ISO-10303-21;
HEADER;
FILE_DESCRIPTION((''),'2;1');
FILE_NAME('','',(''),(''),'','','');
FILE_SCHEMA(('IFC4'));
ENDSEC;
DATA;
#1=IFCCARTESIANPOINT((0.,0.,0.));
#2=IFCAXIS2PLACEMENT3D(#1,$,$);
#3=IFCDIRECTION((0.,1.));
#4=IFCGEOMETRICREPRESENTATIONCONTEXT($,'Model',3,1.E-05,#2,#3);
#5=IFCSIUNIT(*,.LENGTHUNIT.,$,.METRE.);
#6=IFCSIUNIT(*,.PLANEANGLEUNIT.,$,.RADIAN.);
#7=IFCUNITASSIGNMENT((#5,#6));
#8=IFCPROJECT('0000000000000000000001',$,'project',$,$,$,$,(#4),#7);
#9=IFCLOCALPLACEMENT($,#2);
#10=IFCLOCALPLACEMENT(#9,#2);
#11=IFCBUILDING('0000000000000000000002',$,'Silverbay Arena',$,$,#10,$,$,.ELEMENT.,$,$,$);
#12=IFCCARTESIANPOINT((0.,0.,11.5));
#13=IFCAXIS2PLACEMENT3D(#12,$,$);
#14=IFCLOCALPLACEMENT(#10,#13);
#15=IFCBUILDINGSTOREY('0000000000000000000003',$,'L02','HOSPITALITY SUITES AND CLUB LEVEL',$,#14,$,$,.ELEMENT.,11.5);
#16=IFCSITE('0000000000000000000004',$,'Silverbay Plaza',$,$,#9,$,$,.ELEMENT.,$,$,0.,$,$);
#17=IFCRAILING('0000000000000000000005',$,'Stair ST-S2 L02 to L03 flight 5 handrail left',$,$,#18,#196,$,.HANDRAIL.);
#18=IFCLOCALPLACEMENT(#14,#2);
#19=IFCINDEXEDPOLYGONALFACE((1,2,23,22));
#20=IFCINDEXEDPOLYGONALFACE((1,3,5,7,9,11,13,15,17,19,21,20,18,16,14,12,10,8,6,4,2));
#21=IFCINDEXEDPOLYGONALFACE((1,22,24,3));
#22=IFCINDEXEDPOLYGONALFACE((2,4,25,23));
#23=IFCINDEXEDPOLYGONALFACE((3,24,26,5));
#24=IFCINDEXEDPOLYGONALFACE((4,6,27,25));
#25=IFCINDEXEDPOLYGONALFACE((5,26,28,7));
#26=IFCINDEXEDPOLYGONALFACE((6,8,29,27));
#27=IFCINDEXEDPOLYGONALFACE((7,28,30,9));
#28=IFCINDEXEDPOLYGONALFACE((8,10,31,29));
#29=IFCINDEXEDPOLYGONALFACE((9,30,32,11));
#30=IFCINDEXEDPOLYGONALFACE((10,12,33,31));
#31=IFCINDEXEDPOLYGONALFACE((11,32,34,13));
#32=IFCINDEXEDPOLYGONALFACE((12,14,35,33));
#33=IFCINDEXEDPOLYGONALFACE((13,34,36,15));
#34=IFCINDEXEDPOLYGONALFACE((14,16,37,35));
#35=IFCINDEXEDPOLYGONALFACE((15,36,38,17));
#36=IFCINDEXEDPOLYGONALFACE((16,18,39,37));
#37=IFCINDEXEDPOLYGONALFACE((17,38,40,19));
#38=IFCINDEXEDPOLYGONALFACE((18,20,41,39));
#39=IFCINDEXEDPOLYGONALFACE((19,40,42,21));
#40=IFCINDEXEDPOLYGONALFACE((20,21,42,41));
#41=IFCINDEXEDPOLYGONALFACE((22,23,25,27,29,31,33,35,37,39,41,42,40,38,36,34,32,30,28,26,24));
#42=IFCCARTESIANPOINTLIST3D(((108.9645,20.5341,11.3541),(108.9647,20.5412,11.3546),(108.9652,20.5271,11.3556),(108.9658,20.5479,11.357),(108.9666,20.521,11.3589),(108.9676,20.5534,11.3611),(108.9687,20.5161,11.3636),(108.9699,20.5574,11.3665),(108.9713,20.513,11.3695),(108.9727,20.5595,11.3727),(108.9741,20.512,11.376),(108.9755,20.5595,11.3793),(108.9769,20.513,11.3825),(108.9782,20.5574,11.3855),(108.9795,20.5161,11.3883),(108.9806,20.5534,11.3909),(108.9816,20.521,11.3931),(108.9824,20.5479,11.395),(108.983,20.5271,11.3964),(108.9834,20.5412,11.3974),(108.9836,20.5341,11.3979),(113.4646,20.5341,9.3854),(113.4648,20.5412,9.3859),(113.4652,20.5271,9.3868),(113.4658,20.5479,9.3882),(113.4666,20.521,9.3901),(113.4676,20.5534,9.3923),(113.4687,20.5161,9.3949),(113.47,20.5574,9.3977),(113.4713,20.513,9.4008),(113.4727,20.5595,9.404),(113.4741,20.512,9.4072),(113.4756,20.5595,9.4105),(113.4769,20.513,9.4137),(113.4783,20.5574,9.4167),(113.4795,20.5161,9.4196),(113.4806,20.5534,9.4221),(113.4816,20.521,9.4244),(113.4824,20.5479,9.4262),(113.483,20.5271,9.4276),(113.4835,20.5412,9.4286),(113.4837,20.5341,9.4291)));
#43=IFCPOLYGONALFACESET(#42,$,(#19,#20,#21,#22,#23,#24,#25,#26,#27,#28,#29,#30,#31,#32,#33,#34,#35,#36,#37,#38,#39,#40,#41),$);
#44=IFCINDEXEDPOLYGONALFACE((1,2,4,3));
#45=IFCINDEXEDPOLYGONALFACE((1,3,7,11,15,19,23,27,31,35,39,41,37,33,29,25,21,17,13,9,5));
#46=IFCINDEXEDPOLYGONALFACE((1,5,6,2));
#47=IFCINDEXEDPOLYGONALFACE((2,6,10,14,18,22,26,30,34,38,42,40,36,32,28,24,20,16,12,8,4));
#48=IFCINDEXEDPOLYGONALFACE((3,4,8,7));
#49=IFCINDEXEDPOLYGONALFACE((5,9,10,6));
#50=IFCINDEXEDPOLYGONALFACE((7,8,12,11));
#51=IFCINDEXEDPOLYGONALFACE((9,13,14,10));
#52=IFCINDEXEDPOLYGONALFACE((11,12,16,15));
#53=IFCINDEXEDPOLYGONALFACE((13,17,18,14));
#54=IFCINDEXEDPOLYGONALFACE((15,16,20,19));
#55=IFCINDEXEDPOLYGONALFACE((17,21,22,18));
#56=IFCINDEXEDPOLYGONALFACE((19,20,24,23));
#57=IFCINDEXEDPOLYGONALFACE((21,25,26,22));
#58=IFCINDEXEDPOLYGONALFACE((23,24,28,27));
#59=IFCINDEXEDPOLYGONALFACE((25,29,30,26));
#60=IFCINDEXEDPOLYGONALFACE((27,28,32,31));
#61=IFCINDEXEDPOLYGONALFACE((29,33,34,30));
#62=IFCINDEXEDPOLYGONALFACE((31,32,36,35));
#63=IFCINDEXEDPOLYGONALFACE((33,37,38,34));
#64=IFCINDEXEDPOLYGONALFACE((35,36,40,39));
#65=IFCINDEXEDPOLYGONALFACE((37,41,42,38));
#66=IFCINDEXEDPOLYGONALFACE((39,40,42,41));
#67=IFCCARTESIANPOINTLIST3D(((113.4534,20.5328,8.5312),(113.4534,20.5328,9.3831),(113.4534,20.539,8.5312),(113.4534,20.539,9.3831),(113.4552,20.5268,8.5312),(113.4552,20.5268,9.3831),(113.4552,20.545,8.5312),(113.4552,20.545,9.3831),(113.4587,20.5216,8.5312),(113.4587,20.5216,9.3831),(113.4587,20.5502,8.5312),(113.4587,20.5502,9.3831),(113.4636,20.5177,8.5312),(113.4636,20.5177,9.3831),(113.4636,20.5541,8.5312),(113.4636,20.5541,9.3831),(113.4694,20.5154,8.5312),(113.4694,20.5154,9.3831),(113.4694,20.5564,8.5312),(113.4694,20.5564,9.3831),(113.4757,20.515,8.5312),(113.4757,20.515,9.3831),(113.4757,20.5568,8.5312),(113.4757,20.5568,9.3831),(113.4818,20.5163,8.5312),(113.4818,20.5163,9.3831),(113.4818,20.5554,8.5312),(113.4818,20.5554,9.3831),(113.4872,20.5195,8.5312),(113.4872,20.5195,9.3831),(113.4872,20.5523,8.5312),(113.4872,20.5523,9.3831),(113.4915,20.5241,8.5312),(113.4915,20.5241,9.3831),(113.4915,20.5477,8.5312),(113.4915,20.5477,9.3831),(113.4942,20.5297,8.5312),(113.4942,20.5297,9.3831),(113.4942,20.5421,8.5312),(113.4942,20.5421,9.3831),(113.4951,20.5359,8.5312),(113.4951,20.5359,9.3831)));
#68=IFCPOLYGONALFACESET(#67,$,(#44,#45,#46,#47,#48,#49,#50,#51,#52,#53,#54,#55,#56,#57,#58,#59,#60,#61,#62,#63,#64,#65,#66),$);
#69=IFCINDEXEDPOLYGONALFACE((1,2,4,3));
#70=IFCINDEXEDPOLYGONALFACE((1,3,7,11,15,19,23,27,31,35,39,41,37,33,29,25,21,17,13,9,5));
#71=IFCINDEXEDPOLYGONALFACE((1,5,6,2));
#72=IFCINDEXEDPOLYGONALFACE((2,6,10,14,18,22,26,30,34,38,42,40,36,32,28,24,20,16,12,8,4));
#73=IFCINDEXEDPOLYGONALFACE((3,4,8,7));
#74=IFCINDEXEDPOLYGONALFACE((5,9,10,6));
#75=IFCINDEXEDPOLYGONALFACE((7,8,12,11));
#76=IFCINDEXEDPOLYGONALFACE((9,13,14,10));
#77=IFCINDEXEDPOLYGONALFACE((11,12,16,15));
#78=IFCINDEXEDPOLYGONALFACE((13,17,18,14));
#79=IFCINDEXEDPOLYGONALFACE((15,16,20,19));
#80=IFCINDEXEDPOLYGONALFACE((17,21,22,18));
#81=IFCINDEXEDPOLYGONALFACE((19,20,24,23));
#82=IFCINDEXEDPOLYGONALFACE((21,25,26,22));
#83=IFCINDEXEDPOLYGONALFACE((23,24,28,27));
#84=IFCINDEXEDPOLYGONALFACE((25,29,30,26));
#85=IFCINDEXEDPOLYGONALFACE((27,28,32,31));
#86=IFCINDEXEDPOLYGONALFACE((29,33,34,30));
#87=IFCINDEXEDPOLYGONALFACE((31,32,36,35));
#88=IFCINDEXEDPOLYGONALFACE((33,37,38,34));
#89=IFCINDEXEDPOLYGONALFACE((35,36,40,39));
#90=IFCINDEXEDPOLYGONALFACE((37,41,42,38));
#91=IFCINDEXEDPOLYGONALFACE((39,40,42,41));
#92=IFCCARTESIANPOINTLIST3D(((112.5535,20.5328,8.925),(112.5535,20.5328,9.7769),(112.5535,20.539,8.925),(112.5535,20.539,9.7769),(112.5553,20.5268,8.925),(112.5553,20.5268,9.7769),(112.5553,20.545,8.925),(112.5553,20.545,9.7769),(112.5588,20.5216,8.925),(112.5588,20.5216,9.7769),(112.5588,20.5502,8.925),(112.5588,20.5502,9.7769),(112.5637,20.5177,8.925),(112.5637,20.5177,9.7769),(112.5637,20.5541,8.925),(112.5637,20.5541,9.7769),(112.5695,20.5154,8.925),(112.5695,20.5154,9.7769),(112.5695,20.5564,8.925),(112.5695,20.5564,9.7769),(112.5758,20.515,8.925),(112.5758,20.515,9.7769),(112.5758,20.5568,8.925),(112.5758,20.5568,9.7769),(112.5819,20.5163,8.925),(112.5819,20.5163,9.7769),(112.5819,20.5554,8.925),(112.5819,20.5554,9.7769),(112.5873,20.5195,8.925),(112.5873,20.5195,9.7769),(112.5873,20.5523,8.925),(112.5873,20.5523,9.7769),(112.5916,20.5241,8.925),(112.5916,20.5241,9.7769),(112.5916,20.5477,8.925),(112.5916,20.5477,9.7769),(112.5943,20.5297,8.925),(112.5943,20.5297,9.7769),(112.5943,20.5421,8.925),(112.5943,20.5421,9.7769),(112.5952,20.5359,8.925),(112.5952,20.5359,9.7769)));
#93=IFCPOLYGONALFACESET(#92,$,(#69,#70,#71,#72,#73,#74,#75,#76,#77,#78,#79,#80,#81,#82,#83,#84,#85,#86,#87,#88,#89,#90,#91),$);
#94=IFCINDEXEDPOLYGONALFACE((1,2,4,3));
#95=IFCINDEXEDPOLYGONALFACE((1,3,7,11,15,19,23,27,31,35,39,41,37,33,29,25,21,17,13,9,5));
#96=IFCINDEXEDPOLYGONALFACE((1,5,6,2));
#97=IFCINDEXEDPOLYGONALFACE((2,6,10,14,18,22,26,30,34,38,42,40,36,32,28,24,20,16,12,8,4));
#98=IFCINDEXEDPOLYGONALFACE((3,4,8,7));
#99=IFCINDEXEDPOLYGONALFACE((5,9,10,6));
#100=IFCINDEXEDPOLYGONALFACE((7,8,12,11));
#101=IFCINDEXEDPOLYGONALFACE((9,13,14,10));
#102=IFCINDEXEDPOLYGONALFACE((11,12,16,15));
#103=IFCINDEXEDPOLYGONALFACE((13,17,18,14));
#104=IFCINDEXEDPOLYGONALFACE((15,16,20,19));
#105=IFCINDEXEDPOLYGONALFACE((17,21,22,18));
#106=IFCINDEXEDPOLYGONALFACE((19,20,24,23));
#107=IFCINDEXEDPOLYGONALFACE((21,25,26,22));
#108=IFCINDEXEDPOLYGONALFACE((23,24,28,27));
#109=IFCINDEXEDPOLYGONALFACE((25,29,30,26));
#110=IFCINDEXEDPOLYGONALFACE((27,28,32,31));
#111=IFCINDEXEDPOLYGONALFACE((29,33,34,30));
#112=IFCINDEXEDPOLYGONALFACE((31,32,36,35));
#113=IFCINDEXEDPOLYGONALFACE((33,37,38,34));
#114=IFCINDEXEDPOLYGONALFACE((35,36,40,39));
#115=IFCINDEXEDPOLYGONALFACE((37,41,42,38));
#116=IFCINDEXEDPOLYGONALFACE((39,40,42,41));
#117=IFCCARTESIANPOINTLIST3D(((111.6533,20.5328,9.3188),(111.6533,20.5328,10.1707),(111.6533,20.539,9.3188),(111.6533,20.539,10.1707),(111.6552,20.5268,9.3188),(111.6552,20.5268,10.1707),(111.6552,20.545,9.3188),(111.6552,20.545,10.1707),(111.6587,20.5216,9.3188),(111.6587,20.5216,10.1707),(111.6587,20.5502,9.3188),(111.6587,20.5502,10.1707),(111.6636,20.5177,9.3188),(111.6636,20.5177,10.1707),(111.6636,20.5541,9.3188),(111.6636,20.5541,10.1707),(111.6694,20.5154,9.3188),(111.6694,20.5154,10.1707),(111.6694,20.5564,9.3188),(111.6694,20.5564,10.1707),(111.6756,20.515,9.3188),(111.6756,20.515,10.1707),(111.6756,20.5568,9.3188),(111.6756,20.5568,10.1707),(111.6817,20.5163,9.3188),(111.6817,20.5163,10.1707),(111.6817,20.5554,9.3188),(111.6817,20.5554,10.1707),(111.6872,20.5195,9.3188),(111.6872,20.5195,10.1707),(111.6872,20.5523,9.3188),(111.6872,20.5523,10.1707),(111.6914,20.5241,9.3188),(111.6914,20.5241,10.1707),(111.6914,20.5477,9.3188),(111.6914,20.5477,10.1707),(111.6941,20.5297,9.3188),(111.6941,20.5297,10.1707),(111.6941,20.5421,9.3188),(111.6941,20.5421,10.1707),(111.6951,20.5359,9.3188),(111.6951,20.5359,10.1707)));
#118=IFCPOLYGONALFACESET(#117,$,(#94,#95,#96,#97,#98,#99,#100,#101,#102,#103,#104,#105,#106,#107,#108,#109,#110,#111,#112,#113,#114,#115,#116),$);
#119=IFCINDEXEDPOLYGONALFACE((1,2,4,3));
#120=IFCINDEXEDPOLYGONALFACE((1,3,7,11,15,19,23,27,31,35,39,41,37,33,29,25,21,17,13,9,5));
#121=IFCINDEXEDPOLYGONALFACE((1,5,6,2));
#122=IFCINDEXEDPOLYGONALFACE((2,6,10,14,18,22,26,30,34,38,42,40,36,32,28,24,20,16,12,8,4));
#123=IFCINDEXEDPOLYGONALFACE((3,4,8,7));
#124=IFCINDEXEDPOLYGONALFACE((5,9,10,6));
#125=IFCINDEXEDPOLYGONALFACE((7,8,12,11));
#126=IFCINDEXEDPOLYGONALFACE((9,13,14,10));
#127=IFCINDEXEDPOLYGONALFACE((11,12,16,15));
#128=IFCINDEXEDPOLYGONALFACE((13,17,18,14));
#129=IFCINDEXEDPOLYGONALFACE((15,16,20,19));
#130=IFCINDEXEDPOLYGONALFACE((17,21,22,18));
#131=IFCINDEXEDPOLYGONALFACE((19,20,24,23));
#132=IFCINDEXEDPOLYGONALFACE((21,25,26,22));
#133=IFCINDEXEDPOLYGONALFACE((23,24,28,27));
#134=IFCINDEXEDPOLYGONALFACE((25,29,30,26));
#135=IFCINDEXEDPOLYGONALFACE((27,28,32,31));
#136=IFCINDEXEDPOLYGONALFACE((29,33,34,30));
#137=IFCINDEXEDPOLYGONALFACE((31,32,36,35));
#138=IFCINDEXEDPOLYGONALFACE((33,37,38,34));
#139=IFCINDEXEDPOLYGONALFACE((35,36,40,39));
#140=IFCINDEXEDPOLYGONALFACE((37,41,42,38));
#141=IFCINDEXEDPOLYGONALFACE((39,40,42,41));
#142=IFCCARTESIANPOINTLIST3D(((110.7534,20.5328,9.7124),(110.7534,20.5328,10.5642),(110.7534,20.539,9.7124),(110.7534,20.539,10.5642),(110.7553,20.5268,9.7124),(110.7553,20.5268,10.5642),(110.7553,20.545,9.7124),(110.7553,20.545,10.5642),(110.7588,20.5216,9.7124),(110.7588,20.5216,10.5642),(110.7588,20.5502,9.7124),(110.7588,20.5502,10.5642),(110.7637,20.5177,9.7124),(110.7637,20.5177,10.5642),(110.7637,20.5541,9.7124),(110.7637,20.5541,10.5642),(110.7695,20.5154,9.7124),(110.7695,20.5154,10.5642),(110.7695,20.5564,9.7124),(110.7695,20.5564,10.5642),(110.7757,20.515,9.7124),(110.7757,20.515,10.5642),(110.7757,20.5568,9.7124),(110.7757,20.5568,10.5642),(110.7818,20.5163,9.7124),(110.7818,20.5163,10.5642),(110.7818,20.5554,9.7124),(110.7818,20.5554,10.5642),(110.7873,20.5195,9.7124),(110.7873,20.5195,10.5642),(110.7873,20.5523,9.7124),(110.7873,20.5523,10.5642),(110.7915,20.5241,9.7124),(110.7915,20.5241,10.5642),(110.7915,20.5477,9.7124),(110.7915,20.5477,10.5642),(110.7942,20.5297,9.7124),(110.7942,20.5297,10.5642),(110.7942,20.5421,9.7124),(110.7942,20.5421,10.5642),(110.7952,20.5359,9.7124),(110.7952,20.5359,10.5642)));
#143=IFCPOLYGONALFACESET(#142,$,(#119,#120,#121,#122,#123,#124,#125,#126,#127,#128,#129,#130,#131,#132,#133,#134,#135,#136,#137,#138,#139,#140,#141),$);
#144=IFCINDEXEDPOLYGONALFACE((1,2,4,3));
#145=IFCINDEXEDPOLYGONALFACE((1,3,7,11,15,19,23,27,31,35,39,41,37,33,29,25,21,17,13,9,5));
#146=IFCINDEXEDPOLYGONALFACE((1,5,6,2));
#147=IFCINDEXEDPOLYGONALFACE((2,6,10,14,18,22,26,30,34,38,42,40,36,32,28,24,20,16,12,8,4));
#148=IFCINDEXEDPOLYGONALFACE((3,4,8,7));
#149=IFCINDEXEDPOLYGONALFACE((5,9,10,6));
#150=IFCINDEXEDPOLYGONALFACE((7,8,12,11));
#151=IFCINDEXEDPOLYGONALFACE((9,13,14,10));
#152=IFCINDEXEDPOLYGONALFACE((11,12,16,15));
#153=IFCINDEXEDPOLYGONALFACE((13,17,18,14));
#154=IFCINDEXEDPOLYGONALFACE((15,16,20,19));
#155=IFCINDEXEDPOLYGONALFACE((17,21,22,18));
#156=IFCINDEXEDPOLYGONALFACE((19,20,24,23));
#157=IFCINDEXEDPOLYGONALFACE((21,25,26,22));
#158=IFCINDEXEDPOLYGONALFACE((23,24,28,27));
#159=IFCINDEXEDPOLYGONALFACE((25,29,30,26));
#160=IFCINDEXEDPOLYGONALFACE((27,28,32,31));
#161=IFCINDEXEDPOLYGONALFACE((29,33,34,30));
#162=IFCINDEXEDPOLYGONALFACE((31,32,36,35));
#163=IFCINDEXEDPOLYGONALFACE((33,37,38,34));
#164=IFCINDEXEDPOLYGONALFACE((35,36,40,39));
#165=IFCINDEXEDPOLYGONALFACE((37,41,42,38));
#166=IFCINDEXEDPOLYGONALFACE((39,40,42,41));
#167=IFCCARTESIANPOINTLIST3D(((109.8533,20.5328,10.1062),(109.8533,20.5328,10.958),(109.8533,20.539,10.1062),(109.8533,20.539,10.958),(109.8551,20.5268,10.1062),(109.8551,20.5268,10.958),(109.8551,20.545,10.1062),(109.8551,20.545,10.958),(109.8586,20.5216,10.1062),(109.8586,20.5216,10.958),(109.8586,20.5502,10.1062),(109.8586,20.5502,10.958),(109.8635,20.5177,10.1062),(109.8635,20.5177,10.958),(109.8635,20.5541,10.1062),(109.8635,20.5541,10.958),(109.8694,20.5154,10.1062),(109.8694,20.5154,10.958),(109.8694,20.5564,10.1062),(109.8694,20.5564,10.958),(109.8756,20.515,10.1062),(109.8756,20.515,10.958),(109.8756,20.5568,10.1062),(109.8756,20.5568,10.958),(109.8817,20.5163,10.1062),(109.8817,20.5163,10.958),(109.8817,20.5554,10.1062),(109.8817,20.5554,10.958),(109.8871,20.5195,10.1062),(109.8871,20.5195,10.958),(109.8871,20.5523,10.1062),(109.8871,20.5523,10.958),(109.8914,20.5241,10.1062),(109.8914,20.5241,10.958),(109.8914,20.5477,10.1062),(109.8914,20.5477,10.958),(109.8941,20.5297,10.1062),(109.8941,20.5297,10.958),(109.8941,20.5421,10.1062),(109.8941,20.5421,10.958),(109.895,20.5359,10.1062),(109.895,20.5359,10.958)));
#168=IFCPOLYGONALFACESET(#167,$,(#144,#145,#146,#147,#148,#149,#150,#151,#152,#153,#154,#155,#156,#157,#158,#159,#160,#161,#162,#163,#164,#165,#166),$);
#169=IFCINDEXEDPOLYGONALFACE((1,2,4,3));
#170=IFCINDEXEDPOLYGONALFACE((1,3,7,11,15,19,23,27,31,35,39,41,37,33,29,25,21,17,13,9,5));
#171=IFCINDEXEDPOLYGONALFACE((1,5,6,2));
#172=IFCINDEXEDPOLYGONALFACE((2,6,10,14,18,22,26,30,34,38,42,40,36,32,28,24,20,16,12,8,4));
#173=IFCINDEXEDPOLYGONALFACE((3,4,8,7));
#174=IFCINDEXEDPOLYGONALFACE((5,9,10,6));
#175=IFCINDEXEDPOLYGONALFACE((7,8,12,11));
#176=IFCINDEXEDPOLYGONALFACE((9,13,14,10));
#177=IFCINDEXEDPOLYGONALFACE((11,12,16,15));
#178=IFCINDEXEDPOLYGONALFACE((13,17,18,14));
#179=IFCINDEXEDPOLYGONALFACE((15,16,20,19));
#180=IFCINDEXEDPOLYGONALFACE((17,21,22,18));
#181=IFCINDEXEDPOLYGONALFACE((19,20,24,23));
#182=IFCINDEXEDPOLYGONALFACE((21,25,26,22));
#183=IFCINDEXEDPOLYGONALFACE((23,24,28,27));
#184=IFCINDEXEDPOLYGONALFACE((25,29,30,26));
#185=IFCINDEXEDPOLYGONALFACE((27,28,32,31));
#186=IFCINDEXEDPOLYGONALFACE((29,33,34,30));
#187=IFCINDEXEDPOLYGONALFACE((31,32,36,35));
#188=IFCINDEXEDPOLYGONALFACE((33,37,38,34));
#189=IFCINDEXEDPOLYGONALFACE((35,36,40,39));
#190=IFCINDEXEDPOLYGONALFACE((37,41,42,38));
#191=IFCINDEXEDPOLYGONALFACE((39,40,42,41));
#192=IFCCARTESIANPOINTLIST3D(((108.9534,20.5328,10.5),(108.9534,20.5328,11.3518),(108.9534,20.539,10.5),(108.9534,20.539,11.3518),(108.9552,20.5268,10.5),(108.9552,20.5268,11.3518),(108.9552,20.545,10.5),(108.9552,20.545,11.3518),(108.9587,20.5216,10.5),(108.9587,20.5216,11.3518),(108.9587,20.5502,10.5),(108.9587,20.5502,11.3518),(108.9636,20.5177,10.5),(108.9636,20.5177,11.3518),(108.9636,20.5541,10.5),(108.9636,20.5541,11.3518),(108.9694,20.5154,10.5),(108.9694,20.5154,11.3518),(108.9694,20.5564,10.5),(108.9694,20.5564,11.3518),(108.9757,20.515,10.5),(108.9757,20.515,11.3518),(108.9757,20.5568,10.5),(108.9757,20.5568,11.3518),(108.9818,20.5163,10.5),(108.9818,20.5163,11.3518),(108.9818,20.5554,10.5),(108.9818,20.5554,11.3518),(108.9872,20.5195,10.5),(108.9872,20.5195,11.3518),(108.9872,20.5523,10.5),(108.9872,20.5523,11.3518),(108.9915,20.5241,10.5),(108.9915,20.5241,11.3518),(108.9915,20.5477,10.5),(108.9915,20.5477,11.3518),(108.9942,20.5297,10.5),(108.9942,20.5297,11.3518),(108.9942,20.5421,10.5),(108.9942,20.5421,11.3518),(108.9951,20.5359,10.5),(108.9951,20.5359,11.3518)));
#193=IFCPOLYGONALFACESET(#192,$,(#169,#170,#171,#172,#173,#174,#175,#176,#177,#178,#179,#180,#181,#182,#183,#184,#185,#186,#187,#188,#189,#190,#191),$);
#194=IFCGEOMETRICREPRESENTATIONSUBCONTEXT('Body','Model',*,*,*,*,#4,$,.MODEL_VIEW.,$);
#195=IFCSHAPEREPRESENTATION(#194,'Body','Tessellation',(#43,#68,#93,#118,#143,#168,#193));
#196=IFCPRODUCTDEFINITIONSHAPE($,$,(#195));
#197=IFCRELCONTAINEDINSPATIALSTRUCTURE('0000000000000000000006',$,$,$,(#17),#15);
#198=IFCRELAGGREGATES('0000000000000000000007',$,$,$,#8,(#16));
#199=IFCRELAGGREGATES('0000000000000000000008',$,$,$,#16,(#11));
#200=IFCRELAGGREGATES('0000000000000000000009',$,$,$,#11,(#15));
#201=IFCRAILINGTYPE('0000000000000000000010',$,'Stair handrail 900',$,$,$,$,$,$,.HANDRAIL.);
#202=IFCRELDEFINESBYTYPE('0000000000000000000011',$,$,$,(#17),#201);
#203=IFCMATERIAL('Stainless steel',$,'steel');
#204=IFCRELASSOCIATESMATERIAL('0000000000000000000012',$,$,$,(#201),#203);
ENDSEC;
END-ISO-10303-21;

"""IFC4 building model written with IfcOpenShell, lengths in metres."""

from ifc_helpers import new_model, si_unit, direction, frame, origin, origin_2d, place, context, subcontext, project, spatial, circle, extrude, material, type_object, element, save


model = new_model("IFC4")

# Units and contexts
model_context = context("Model", 3, precision=1e-05, world=origin(), true_north=direction((0.0, 1.0)))
body_context = subcontext(model_context, "Body", "Model", "MODEL_VIEW")
ifc_project = project(units=[si_unit("LENGTHUNIT", "METRE"), si_unit("PLANEANGLEUNIT", "RADIAN")], contexts=[model_context])

# Site, building, storey
site_placement = place(None, origin())
site = spatial("IfcSite", under=ifc_project, at=site_placement, Name="Silverbay Plaza", CompositionType="ELEMENT", RefElevation=0.0)
building_placement = place(site_placement, origin())
building = spatial("IfcBuilding", under=site, at=building_placement, Name="Silverbay Arena", CompositionType="ELEMENT")
storey_placement = place(building_placement, frame((0.0, 0.0, 11.5)))
storey = spatial("IfcBuildingStorey", under=building, at=storey_placement, Name="L02", Description="HOSPITALITY SUITES AND CLUB LEVEL", CompositionType="ELEMENT", Elevation=11.5)

# Railing
ifc_material_1 = material(Name="Stainless steel", Category="steel")
railing_type_1 = type_object("IfcRailingType", Name="Stair handrail 900", PredefinedType="HANDRAIL", material=ifc_material_1)
railing_1_placement = place(storey_placement, frame((113.4741, 20.5359, 8.5312)))
element("IfcRailing", 1, at=railing_1_placement, inside=storey, type_object=railing_type_1, Name="Stair ST-S2 L02 to L03 flight 5 handrail left", PredefinedType="HANDRAIL", context=body_context, shape_type="SweptSolid", body=[
    extrude(circle(Radius=0.0239, at=origin_2d()), frame((0.0, 0.0, 0.876), z_axis=(-0.916157, 0.0, 0.400819), x_axis=(0.0, -1.0, 0.0)), (0.0, 0.0, 1.0), 4.9119),
    extrude(circle(Radius=0.021, at=origin_2d()), origin(), (0.0, 0.0, 1.0), 0.8518),
    extrude(circle(Radius=0.021, at=origin_2d()), frame((-0.8999, 0.0, 0.3938)), (0.0, 0.0, 1.0), 0.8518),
    extrude(circle(Radius=0.021, at=origin_2d()), frame((-1.8, 0.0, 0.7876)), (0.0, 0.0, 1.0), 0.8518),
    extrude(circle(Radius=0.021, at=origin_2d()), frame((-2.7, 0.0, 1.1812)), (0.0, 0.0, 1.0), 0.8518),
    extrude(circle(Radius=0.021, at=origin_2d()), frame((-3.6001, 0.0, 1.575)), (0.0, 0.0, 1.0), 0.8518),
    extrude(circle(Radius=0.021, at=origin_2d()), frame((-4.5, 0.0, 1.9688)), (0.0, 0.0, 1.0), 0.8518),
])

save(model, "model.ifc")
